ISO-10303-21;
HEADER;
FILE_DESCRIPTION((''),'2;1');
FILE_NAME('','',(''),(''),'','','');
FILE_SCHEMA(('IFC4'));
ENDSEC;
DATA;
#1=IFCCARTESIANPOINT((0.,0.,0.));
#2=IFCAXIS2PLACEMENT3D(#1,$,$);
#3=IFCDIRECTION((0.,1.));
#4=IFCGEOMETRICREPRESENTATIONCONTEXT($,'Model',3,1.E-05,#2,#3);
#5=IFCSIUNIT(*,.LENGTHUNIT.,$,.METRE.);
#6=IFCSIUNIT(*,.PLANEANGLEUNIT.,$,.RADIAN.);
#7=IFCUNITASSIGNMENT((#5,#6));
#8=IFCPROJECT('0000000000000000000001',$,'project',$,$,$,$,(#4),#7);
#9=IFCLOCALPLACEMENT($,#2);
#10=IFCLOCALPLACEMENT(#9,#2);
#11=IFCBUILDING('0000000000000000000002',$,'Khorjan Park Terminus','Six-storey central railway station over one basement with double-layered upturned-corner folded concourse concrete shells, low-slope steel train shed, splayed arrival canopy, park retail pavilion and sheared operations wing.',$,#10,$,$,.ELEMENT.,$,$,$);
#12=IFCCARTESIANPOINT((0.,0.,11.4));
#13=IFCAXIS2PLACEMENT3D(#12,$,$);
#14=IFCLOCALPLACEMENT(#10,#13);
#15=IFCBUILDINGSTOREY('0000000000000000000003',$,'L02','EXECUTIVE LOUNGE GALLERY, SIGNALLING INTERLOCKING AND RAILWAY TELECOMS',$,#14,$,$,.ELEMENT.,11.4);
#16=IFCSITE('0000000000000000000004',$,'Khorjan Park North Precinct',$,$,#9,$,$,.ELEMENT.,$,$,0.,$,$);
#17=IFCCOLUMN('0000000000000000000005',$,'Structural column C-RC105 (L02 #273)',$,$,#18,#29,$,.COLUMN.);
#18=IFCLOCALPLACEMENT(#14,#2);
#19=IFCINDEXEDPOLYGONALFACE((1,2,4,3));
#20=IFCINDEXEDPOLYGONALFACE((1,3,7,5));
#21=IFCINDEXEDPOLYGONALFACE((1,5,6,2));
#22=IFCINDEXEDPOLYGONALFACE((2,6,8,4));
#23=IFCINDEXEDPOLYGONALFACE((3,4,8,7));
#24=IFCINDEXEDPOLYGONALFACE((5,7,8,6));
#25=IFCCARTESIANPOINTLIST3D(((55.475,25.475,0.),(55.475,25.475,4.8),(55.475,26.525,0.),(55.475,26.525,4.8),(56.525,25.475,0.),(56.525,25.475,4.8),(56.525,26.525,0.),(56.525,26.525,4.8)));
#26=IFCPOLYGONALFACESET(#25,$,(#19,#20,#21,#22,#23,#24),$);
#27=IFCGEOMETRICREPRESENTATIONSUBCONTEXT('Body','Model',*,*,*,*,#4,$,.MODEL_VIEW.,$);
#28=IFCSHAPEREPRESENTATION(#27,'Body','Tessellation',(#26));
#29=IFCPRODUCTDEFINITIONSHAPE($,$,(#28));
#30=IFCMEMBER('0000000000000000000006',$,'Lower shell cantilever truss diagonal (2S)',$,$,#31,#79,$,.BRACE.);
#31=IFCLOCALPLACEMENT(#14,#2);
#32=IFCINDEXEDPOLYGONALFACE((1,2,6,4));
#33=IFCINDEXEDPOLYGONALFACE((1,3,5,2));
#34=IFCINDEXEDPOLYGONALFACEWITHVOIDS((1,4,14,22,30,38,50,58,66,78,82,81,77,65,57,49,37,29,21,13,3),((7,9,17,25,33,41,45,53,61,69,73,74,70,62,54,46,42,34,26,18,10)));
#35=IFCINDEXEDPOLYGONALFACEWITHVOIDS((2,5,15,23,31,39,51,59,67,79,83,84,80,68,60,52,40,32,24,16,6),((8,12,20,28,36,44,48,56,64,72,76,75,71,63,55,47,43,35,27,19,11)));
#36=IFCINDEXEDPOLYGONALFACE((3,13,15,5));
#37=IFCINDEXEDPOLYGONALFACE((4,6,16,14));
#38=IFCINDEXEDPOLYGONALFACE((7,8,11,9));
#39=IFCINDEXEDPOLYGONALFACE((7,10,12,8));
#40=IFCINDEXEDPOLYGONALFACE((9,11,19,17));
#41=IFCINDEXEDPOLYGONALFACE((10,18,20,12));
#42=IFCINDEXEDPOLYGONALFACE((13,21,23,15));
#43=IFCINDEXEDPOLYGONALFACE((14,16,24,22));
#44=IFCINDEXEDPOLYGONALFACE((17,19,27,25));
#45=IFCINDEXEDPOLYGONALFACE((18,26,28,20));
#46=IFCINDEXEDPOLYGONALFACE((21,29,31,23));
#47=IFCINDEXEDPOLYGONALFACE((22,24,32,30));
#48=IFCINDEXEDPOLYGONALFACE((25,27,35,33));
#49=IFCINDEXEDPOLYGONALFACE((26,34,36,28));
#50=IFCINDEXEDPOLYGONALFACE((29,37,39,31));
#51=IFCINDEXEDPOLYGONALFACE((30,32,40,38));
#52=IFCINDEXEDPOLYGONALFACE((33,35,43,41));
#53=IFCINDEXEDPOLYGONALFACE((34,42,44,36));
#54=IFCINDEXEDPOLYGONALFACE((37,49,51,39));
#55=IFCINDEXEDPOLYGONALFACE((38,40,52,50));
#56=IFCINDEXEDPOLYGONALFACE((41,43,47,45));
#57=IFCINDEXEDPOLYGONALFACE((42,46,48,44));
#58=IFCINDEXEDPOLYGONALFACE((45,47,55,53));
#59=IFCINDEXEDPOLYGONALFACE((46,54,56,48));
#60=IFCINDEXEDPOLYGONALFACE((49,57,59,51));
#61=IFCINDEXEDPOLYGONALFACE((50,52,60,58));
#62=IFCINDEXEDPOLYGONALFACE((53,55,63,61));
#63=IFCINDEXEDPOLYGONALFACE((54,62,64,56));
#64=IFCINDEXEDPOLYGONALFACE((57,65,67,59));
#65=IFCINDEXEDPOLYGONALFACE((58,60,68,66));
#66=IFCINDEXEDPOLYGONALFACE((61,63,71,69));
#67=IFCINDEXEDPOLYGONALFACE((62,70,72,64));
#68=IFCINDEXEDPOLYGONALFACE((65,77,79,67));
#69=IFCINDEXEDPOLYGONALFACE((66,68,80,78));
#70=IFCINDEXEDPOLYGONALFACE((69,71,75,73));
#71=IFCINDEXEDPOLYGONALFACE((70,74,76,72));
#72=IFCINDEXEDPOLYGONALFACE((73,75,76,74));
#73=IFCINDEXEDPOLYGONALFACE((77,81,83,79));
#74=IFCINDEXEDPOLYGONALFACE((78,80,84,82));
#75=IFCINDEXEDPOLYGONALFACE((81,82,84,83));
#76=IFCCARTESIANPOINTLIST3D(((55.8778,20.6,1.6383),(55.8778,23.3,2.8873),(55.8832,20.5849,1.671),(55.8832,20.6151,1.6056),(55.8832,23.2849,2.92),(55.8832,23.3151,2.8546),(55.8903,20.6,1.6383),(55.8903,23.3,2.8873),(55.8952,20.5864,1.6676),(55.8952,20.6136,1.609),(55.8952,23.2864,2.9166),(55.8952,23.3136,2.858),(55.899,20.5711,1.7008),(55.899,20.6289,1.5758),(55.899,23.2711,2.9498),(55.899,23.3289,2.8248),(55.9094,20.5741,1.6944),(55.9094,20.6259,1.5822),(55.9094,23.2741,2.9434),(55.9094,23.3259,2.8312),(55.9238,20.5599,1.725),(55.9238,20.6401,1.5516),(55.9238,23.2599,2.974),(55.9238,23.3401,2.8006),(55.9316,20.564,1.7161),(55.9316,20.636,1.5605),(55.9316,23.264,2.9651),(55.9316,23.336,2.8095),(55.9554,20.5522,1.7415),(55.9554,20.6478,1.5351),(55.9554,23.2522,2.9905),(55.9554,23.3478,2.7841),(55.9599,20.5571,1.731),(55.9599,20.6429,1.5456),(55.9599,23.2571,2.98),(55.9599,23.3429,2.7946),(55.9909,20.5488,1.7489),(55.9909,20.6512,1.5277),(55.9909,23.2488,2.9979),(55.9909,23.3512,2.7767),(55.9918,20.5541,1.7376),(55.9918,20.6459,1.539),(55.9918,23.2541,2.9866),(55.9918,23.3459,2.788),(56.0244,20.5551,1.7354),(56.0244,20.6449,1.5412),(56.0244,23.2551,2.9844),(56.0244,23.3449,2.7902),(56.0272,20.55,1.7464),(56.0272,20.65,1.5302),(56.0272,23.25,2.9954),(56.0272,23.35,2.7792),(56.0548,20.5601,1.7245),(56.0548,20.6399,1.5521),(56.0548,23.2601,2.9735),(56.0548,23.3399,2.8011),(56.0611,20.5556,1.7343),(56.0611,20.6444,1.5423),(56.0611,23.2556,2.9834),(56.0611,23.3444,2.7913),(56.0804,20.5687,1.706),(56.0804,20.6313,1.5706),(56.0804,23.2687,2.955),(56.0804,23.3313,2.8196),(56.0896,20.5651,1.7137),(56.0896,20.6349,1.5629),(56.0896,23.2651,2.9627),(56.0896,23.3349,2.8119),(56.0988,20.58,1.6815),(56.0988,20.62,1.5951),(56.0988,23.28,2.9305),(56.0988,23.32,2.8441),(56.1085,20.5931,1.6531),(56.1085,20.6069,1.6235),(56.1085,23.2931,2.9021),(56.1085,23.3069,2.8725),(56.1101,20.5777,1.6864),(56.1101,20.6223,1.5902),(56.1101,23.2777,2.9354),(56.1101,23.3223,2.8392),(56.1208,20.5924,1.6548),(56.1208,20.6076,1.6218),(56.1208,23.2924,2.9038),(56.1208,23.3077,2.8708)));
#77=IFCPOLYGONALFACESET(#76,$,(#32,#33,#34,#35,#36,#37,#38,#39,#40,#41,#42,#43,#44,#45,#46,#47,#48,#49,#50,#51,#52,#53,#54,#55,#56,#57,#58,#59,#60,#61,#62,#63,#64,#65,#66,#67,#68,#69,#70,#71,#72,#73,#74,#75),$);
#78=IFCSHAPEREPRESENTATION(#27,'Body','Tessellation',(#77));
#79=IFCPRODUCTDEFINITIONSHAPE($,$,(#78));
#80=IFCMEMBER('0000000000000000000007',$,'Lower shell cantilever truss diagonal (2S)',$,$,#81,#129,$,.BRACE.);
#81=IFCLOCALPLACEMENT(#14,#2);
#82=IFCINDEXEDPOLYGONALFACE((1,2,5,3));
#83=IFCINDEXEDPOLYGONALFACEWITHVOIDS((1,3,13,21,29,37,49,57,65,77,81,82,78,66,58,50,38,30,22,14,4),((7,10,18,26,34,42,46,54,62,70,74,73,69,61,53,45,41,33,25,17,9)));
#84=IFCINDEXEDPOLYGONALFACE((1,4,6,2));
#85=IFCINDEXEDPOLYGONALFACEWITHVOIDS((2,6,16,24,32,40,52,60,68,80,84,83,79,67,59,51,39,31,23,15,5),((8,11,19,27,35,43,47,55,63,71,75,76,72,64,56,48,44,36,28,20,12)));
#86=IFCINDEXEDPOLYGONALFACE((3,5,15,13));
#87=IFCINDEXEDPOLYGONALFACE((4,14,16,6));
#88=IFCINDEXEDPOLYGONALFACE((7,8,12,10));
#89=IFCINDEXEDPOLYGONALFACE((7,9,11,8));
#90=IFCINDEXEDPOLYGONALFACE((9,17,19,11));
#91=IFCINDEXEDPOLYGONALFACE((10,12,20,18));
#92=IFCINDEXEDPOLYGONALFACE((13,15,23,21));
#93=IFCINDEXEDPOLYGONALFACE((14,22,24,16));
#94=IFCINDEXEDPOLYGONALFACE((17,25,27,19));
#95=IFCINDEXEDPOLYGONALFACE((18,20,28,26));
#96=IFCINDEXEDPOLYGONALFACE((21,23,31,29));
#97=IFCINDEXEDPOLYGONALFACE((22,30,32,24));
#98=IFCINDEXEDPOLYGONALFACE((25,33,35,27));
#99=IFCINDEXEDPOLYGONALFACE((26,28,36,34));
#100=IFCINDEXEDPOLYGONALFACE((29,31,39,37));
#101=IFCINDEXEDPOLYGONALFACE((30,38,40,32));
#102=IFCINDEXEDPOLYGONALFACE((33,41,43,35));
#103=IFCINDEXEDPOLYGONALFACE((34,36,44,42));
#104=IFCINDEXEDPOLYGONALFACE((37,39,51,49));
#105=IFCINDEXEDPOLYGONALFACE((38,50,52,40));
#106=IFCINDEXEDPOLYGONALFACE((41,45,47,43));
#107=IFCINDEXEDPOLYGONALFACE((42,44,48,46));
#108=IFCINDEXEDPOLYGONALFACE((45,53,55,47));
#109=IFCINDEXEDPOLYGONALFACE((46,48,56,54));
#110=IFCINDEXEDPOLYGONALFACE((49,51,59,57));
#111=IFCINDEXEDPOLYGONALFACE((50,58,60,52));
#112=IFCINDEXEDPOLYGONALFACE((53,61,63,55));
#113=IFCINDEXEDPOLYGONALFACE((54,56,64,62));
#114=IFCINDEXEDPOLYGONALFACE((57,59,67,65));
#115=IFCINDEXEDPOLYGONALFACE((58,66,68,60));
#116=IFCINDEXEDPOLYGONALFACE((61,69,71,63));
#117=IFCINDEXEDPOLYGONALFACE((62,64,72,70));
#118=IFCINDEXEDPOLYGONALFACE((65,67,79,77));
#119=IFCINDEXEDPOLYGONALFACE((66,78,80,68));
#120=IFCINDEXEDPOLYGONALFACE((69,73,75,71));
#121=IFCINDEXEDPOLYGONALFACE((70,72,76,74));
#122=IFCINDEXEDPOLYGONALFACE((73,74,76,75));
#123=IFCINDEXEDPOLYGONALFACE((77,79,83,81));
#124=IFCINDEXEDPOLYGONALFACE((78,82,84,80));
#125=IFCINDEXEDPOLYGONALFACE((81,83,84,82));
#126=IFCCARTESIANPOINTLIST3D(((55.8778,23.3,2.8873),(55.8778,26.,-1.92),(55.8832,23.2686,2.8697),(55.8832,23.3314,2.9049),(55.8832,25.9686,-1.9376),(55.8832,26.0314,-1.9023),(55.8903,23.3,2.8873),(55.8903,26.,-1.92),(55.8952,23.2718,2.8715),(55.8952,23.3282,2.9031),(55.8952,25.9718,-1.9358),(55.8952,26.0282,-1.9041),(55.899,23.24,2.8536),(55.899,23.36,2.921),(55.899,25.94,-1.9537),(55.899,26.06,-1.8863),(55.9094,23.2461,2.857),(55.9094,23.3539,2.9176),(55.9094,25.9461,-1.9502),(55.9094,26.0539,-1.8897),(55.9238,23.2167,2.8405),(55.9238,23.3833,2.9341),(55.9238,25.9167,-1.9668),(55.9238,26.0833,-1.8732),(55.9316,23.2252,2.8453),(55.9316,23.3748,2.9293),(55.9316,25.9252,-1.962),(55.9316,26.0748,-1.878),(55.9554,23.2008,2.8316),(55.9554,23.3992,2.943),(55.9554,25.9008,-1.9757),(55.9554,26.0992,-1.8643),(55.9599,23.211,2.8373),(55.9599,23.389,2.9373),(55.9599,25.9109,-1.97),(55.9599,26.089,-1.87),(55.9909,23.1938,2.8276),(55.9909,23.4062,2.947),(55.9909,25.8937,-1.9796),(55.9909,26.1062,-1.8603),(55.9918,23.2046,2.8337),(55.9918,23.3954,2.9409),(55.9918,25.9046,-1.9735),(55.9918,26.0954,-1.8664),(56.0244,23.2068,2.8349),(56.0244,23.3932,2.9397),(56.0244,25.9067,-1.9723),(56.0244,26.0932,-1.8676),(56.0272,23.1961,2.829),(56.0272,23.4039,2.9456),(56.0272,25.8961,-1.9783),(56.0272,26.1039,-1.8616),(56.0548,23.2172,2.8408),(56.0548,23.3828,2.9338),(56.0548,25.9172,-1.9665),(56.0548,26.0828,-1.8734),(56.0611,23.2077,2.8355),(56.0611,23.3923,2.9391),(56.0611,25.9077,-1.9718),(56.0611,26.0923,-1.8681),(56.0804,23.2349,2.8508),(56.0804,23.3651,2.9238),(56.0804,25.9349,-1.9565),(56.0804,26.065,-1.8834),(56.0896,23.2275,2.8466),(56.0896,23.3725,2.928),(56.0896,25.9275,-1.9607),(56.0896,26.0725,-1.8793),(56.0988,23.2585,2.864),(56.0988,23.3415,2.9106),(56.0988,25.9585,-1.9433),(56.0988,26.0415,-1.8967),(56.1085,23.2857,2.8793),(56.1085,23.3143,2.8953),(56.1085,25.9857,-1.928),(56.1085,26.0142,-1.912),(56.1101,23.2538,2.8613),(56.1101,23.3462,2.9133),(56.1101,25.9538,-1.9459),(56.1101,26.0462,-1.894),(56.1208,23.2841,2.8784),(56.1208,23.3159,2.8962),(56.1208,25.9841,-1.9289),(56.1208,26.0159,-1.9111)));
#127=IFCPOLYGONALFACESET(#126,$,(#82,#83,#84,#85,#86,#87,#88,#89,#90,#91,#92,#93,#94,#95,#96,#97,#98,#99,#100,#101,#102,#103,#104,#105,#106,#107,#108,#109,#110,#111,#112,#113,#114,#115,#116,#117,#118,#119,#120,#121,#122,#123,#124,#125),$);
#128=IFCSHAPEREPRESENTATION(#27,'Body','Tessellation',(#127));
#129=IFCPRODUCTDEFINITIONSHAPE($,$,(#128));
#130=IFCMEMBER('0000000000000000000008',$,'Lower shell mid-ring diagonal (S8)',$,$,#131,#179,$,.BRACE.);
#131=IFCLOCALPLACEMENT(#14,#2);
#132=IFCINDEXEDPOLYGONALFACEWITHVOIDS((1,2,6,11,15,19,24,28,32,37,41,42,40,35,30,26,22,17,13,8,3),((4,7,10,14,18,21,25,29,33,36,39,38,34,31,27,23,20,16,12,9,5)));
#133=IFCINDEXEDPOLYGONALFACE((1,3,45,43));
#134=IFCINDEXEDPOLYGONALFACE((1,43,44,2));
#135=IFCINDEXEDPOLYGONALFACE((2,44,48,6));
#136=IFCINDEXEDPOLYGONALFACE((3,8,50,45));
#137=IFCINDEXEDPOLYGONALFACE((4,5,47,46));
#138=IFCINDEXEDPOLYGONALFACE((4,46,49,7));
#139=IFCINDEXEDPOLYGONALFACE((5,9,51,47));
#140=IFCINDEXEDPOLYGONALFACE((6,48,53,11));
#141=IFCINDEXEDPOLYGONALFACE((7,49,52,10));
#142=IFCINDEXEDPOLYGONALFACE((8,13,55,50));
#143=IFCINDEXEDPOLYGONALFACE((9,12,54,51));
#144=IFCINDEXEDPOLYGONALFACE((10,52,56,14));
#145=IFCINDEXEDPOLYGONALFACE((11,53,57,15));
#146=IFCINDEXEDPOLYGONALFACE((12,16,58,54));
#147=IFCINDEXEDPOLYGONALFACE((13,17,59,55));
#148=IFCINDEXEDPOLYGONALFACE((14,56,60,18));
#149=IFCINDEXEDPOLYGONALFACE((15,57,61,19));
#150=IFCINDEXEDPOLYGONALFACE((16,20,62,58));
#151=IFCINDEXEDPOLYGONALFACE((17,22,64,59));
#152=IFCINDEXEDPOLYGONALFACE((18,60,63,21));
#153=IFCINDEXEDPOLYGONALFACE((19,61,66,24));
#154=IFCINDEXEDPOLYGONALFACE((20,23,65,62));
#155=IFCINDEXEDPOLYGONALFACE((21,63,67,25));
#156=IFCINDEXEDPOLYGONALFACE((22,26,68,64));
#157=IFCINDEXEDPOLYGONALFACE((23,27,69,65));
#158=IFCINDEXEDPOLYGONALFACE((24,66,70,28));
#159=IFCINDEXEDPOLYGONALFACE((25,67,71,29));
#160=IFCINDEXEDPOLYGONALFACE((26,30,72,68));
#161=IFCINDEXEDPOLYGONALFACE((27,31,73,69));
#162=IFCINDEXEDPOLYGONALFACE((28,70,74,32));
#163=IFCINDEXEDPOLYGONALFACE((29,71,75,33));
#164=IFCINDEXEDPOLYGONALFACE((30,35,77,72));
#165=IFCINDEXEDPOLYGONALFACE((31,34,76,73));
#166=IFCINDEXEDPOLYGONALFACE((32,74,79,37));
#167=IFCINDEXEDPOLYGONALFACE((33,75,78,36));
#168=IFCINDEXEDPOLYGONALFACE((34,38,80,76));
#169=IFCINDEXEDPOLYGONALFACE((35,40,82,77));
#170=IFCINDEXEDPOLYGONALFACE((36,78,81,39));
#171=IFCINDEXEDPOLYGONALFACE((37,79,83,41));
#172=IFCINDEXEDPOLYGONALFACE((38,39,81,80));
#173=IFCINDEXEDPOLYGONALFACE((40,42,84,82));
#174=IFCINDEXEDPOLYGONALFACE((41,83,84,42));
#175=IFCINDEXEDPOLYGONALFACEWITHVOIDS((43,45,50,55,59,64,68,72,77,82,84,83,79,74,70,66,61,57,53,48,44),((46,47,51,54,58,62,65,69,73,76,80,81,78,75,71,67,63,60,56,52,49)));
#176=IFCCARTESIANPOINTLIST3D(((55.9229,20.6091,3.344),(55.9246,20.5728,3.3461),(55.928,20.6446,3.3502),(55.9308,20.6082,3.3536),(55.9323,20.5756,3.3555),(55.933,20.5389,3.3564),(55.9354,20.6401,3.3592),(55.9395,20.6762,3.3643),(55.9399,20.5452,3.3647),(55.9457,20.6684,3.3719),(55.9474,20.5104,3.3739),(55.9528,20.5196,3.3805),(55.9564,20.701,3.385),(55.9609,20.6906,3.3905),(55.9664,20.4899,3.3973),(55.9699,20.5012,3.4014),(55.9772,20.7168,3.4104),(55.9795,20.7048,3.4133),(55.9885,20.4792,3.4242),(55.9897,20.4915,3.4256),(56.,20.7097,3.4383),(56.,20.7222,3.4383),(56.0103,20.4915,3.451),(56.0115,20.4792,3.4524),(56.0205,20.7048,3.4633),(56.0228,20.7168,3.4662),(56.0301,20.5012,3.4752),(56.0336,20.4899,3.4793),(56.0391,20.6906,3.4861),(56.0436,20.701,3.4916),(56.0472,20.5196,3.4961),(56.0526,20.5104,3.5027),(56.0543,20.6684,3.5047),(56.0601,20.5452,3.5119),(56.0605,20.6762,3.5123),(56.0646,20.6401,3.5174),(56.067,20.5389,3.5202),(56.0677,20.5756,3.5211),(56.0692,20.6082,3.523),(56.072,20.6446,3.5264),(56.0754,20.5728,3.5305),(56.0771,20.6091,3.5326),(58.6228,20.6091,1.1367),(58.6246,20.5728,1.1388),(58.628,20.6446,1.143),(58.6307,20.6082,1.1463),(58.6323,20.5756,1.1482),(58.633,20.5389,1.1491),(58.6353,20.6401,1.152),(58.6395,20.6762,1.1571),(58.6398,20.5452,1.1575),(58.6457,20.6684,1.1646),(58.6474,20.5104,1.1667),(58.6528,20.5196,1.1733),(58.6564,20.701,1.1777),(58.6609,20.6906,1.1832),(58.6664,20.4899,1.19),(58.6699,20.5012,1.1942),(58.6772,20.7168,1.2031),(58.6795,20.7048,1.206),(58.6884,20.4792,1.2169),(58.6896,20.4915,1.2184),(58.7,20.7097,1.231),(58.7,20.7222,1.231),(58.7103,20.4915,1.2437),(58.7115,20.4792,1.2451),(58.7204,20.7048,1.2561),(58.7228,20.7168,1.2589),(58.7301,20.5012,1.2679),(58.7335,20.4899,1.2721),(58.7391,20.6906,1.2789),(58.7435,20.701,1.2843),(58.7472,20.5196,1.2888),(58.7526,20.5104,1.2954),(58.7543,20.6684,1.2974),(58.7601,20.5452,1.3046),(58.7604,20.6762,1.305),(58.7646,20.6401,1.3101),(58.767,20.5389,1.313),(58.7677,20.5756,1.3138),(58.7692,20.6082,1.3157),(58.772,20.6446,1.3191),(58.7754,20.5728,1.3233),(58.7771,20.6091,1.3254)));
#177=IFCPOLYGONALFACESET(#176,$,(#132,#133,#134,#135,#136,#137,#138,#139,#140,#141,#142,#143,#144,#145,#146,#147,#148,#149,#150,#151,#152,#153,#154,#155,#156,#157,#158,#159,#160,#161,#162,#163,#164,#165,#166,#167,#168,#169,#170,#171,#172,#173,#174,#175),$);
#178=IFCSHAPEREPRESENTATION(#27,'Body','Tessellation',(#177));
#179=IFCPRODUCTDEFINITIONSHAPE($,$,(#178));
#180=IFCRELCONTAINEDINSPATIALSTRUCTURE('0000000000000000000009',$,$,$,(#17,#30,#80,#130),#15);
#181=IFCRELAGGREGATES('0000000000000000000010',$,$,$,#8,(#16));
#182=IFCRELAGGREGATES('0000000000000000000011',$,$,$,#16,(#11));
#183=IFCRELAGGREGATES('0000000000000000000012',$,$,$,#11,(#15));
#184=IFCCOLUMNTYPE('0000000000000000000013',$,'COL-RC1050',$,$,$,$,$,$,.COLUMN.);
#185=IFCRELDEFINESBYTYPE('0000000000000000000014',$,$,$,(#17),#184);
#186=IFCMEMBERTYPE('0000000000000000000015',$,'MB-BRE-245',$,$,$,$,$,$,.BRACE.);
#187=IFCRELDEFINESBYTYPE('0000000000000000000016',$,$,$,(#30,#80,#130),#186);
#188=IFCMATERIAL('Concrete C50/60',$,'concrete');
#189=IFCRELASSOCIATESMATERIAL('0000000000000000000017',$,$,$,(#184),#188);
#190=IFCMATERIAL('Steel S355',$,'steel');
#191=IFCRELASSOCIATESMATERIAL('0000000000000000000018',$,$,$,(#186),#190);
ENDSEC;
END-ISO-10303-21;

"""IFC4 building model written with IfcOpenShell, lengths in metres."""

from ifc_helpers import new_model, si_unit, direction, frame, origin, origin_2d, place, context, subcontext, project, spatial, rectangle, hollow_circle, extrude, material, material_profile, profile_set, type_object, element, save


model = new_model("IFC4")

# Units and contexts
model_context = context("Model", 3, precision=1e-05, world=origin(), true_north=direction((0.0, 1.0)))
body_context = subcontext(model_context, "Body", "Model", "MODEL_VIEW")
ifc_project = project(units=[si_unit("LENGTHUNIT", "METRE"), si_unit("PLANEANGLEUNIT", "RADIAN")], contexts=[model_context])

# Site, building, storey
site_placement = place(None, origin())
site = spatial("IfcSite", under=ifc_project, at=site_placement, Name="Khorjan Park North Precinct", CompositionType="ELEMENT", RefElevation=0.0)
building_placement = place(site_placement, origin())
building = spatial("IfcBuilding", under=site, at=building_placement, Name="Khorjan Park Terminus", Description="Six-storey central railway station over one basement with double-layered upturned-corner folded concourse concrete shells, low-slope steel train shed, splayed arrival canopy, park retail pavilion and sheared operations wing.", CompositionType="ELEMENT")
storey_placement = place(building_placement, frame((0.0, 0.0, 11.4)))
storey = spatial("IfcBuildingStorey", under=building, at=storey_placement, Name="L02", Description="EXECUTIVE LOUNGE GALLERY, SIGNALLING INTERLOCKING AND RAILWAY TELECOMS", CompositionType="ELEMENT", Elevation=11.4)

# Column
ifc_material_1 = material(Name="Concrete C50/60", Category="concrete")
ifc_material_profile_1 = material_profile(ifc_material_1, rectangle(XDim=1.05, YDim=1.05, at=origin_2d()), Name="RC 1050x1050")
ifc_profile_set_1 = profile_set([ifc_material_profile_1], Name="Concrete C50/60")
column_type = type_object("IfcColumnType", Name="COL-RC1050", PredefinedType="COLUMN", material=ifc_profile_set_1)
column_placement = place(storey_placement, frame((56.0, 26.0, 0.0), z_axis=(0.0, 0.0, 1.0), x_axis=(1.0, 0.0, 0.0)))
element("IfcColumn", 1, at=column_placement, inside=storey, type_object=column_type, Name="Structural column C-RC105 (L02 #273)", PredefinedType="COLUMN", context=body_context, shape_type="SweptSolid", body=[
    extrude(rectangle(XDim=1.05, YDim=1.05, at=origin_2d()), origin(), (0.0, 0.0, 1.0), 4.8),
])

# Members
ifc_material_2 = material(Name="Steel S355", Category="steel")
ifc_material_profile_2 = material_profile(ifc_material_2, hollow_circle(Radius=0.1222, WallThickness=0.0125, at=origin_2d()), Name="CHS 244.5x12.5")
ifc_profile_set_2 = profile_set([ifc_material_profile_2], Name="Steel S355")
member_type_1 = type_object("IfcMemberType", Name="MB-BRE-245", PredefinedType="BRACE", material=ifc_profile_set_2)
member_1_placement = place(storey_placement, frame((56.0, 20.6, 1.6383), z_axis=(0.0, 0.907595, 0.419847), x_axis=(-1.0, 0.0, 0.0)))
element("IfcMember", 2, at=member_1_placement, inside=storey, type_object=member_type_1, Name="Lower shell cantilever truss diagonal (2S)", PredefinedType="BRACE", context=body_context, shape_type="SweptSolid", body=[
    extrude(hollow_circle(Radius=0.1222, WallThickness=0.0125, at=origin_2d()), origin(), (0.0, 0.0, 1.0), 2.9749),
])
member_2_placement = place(storey_placement, frame((56.0, 23.3, 2.8873), z_axis=(0.0, 0.489695, -0.871894), x_axis=(-1.0, 0.0, 0.0)))
element("IfcMember", 3, at=member_2_placement, inside=storey, type_object=member_type_1, Name="Lower shell cantilever truss diagonal (2S)", PredefinedType="BRACE", context=body_context, shape_type="SweptSolid", body=[
    extrude(hollow_circle(Radius=0.1222, WallThickness=0.0125, at=origin_2d()), origin(), (0.0, 0.0, 1.0), 5.5136),
])
member_3_placement = place(storey_placement, frame((56.0, 20.6, 3.4383), z_axis=(0.774209, 0.0, -0.63293), x_axis=(0.0, 1.0, 0.0)))
element("IfcMember", 4, at=member_3_placement, inside=storey, type_object=member_type_1, Name="Lower shell mid-ring diagonal (S8)", PredefinedType="BRACE", context=body_context, shape_type="SweptSolid", body=[
    extrude(hollow_circle(Radius=0.1222, WallThickness=0.0125, at=origin_2d()), origin(), (0.0, 0.0, 1.0), 3.4874),
])

save(model, "model.ifc")
